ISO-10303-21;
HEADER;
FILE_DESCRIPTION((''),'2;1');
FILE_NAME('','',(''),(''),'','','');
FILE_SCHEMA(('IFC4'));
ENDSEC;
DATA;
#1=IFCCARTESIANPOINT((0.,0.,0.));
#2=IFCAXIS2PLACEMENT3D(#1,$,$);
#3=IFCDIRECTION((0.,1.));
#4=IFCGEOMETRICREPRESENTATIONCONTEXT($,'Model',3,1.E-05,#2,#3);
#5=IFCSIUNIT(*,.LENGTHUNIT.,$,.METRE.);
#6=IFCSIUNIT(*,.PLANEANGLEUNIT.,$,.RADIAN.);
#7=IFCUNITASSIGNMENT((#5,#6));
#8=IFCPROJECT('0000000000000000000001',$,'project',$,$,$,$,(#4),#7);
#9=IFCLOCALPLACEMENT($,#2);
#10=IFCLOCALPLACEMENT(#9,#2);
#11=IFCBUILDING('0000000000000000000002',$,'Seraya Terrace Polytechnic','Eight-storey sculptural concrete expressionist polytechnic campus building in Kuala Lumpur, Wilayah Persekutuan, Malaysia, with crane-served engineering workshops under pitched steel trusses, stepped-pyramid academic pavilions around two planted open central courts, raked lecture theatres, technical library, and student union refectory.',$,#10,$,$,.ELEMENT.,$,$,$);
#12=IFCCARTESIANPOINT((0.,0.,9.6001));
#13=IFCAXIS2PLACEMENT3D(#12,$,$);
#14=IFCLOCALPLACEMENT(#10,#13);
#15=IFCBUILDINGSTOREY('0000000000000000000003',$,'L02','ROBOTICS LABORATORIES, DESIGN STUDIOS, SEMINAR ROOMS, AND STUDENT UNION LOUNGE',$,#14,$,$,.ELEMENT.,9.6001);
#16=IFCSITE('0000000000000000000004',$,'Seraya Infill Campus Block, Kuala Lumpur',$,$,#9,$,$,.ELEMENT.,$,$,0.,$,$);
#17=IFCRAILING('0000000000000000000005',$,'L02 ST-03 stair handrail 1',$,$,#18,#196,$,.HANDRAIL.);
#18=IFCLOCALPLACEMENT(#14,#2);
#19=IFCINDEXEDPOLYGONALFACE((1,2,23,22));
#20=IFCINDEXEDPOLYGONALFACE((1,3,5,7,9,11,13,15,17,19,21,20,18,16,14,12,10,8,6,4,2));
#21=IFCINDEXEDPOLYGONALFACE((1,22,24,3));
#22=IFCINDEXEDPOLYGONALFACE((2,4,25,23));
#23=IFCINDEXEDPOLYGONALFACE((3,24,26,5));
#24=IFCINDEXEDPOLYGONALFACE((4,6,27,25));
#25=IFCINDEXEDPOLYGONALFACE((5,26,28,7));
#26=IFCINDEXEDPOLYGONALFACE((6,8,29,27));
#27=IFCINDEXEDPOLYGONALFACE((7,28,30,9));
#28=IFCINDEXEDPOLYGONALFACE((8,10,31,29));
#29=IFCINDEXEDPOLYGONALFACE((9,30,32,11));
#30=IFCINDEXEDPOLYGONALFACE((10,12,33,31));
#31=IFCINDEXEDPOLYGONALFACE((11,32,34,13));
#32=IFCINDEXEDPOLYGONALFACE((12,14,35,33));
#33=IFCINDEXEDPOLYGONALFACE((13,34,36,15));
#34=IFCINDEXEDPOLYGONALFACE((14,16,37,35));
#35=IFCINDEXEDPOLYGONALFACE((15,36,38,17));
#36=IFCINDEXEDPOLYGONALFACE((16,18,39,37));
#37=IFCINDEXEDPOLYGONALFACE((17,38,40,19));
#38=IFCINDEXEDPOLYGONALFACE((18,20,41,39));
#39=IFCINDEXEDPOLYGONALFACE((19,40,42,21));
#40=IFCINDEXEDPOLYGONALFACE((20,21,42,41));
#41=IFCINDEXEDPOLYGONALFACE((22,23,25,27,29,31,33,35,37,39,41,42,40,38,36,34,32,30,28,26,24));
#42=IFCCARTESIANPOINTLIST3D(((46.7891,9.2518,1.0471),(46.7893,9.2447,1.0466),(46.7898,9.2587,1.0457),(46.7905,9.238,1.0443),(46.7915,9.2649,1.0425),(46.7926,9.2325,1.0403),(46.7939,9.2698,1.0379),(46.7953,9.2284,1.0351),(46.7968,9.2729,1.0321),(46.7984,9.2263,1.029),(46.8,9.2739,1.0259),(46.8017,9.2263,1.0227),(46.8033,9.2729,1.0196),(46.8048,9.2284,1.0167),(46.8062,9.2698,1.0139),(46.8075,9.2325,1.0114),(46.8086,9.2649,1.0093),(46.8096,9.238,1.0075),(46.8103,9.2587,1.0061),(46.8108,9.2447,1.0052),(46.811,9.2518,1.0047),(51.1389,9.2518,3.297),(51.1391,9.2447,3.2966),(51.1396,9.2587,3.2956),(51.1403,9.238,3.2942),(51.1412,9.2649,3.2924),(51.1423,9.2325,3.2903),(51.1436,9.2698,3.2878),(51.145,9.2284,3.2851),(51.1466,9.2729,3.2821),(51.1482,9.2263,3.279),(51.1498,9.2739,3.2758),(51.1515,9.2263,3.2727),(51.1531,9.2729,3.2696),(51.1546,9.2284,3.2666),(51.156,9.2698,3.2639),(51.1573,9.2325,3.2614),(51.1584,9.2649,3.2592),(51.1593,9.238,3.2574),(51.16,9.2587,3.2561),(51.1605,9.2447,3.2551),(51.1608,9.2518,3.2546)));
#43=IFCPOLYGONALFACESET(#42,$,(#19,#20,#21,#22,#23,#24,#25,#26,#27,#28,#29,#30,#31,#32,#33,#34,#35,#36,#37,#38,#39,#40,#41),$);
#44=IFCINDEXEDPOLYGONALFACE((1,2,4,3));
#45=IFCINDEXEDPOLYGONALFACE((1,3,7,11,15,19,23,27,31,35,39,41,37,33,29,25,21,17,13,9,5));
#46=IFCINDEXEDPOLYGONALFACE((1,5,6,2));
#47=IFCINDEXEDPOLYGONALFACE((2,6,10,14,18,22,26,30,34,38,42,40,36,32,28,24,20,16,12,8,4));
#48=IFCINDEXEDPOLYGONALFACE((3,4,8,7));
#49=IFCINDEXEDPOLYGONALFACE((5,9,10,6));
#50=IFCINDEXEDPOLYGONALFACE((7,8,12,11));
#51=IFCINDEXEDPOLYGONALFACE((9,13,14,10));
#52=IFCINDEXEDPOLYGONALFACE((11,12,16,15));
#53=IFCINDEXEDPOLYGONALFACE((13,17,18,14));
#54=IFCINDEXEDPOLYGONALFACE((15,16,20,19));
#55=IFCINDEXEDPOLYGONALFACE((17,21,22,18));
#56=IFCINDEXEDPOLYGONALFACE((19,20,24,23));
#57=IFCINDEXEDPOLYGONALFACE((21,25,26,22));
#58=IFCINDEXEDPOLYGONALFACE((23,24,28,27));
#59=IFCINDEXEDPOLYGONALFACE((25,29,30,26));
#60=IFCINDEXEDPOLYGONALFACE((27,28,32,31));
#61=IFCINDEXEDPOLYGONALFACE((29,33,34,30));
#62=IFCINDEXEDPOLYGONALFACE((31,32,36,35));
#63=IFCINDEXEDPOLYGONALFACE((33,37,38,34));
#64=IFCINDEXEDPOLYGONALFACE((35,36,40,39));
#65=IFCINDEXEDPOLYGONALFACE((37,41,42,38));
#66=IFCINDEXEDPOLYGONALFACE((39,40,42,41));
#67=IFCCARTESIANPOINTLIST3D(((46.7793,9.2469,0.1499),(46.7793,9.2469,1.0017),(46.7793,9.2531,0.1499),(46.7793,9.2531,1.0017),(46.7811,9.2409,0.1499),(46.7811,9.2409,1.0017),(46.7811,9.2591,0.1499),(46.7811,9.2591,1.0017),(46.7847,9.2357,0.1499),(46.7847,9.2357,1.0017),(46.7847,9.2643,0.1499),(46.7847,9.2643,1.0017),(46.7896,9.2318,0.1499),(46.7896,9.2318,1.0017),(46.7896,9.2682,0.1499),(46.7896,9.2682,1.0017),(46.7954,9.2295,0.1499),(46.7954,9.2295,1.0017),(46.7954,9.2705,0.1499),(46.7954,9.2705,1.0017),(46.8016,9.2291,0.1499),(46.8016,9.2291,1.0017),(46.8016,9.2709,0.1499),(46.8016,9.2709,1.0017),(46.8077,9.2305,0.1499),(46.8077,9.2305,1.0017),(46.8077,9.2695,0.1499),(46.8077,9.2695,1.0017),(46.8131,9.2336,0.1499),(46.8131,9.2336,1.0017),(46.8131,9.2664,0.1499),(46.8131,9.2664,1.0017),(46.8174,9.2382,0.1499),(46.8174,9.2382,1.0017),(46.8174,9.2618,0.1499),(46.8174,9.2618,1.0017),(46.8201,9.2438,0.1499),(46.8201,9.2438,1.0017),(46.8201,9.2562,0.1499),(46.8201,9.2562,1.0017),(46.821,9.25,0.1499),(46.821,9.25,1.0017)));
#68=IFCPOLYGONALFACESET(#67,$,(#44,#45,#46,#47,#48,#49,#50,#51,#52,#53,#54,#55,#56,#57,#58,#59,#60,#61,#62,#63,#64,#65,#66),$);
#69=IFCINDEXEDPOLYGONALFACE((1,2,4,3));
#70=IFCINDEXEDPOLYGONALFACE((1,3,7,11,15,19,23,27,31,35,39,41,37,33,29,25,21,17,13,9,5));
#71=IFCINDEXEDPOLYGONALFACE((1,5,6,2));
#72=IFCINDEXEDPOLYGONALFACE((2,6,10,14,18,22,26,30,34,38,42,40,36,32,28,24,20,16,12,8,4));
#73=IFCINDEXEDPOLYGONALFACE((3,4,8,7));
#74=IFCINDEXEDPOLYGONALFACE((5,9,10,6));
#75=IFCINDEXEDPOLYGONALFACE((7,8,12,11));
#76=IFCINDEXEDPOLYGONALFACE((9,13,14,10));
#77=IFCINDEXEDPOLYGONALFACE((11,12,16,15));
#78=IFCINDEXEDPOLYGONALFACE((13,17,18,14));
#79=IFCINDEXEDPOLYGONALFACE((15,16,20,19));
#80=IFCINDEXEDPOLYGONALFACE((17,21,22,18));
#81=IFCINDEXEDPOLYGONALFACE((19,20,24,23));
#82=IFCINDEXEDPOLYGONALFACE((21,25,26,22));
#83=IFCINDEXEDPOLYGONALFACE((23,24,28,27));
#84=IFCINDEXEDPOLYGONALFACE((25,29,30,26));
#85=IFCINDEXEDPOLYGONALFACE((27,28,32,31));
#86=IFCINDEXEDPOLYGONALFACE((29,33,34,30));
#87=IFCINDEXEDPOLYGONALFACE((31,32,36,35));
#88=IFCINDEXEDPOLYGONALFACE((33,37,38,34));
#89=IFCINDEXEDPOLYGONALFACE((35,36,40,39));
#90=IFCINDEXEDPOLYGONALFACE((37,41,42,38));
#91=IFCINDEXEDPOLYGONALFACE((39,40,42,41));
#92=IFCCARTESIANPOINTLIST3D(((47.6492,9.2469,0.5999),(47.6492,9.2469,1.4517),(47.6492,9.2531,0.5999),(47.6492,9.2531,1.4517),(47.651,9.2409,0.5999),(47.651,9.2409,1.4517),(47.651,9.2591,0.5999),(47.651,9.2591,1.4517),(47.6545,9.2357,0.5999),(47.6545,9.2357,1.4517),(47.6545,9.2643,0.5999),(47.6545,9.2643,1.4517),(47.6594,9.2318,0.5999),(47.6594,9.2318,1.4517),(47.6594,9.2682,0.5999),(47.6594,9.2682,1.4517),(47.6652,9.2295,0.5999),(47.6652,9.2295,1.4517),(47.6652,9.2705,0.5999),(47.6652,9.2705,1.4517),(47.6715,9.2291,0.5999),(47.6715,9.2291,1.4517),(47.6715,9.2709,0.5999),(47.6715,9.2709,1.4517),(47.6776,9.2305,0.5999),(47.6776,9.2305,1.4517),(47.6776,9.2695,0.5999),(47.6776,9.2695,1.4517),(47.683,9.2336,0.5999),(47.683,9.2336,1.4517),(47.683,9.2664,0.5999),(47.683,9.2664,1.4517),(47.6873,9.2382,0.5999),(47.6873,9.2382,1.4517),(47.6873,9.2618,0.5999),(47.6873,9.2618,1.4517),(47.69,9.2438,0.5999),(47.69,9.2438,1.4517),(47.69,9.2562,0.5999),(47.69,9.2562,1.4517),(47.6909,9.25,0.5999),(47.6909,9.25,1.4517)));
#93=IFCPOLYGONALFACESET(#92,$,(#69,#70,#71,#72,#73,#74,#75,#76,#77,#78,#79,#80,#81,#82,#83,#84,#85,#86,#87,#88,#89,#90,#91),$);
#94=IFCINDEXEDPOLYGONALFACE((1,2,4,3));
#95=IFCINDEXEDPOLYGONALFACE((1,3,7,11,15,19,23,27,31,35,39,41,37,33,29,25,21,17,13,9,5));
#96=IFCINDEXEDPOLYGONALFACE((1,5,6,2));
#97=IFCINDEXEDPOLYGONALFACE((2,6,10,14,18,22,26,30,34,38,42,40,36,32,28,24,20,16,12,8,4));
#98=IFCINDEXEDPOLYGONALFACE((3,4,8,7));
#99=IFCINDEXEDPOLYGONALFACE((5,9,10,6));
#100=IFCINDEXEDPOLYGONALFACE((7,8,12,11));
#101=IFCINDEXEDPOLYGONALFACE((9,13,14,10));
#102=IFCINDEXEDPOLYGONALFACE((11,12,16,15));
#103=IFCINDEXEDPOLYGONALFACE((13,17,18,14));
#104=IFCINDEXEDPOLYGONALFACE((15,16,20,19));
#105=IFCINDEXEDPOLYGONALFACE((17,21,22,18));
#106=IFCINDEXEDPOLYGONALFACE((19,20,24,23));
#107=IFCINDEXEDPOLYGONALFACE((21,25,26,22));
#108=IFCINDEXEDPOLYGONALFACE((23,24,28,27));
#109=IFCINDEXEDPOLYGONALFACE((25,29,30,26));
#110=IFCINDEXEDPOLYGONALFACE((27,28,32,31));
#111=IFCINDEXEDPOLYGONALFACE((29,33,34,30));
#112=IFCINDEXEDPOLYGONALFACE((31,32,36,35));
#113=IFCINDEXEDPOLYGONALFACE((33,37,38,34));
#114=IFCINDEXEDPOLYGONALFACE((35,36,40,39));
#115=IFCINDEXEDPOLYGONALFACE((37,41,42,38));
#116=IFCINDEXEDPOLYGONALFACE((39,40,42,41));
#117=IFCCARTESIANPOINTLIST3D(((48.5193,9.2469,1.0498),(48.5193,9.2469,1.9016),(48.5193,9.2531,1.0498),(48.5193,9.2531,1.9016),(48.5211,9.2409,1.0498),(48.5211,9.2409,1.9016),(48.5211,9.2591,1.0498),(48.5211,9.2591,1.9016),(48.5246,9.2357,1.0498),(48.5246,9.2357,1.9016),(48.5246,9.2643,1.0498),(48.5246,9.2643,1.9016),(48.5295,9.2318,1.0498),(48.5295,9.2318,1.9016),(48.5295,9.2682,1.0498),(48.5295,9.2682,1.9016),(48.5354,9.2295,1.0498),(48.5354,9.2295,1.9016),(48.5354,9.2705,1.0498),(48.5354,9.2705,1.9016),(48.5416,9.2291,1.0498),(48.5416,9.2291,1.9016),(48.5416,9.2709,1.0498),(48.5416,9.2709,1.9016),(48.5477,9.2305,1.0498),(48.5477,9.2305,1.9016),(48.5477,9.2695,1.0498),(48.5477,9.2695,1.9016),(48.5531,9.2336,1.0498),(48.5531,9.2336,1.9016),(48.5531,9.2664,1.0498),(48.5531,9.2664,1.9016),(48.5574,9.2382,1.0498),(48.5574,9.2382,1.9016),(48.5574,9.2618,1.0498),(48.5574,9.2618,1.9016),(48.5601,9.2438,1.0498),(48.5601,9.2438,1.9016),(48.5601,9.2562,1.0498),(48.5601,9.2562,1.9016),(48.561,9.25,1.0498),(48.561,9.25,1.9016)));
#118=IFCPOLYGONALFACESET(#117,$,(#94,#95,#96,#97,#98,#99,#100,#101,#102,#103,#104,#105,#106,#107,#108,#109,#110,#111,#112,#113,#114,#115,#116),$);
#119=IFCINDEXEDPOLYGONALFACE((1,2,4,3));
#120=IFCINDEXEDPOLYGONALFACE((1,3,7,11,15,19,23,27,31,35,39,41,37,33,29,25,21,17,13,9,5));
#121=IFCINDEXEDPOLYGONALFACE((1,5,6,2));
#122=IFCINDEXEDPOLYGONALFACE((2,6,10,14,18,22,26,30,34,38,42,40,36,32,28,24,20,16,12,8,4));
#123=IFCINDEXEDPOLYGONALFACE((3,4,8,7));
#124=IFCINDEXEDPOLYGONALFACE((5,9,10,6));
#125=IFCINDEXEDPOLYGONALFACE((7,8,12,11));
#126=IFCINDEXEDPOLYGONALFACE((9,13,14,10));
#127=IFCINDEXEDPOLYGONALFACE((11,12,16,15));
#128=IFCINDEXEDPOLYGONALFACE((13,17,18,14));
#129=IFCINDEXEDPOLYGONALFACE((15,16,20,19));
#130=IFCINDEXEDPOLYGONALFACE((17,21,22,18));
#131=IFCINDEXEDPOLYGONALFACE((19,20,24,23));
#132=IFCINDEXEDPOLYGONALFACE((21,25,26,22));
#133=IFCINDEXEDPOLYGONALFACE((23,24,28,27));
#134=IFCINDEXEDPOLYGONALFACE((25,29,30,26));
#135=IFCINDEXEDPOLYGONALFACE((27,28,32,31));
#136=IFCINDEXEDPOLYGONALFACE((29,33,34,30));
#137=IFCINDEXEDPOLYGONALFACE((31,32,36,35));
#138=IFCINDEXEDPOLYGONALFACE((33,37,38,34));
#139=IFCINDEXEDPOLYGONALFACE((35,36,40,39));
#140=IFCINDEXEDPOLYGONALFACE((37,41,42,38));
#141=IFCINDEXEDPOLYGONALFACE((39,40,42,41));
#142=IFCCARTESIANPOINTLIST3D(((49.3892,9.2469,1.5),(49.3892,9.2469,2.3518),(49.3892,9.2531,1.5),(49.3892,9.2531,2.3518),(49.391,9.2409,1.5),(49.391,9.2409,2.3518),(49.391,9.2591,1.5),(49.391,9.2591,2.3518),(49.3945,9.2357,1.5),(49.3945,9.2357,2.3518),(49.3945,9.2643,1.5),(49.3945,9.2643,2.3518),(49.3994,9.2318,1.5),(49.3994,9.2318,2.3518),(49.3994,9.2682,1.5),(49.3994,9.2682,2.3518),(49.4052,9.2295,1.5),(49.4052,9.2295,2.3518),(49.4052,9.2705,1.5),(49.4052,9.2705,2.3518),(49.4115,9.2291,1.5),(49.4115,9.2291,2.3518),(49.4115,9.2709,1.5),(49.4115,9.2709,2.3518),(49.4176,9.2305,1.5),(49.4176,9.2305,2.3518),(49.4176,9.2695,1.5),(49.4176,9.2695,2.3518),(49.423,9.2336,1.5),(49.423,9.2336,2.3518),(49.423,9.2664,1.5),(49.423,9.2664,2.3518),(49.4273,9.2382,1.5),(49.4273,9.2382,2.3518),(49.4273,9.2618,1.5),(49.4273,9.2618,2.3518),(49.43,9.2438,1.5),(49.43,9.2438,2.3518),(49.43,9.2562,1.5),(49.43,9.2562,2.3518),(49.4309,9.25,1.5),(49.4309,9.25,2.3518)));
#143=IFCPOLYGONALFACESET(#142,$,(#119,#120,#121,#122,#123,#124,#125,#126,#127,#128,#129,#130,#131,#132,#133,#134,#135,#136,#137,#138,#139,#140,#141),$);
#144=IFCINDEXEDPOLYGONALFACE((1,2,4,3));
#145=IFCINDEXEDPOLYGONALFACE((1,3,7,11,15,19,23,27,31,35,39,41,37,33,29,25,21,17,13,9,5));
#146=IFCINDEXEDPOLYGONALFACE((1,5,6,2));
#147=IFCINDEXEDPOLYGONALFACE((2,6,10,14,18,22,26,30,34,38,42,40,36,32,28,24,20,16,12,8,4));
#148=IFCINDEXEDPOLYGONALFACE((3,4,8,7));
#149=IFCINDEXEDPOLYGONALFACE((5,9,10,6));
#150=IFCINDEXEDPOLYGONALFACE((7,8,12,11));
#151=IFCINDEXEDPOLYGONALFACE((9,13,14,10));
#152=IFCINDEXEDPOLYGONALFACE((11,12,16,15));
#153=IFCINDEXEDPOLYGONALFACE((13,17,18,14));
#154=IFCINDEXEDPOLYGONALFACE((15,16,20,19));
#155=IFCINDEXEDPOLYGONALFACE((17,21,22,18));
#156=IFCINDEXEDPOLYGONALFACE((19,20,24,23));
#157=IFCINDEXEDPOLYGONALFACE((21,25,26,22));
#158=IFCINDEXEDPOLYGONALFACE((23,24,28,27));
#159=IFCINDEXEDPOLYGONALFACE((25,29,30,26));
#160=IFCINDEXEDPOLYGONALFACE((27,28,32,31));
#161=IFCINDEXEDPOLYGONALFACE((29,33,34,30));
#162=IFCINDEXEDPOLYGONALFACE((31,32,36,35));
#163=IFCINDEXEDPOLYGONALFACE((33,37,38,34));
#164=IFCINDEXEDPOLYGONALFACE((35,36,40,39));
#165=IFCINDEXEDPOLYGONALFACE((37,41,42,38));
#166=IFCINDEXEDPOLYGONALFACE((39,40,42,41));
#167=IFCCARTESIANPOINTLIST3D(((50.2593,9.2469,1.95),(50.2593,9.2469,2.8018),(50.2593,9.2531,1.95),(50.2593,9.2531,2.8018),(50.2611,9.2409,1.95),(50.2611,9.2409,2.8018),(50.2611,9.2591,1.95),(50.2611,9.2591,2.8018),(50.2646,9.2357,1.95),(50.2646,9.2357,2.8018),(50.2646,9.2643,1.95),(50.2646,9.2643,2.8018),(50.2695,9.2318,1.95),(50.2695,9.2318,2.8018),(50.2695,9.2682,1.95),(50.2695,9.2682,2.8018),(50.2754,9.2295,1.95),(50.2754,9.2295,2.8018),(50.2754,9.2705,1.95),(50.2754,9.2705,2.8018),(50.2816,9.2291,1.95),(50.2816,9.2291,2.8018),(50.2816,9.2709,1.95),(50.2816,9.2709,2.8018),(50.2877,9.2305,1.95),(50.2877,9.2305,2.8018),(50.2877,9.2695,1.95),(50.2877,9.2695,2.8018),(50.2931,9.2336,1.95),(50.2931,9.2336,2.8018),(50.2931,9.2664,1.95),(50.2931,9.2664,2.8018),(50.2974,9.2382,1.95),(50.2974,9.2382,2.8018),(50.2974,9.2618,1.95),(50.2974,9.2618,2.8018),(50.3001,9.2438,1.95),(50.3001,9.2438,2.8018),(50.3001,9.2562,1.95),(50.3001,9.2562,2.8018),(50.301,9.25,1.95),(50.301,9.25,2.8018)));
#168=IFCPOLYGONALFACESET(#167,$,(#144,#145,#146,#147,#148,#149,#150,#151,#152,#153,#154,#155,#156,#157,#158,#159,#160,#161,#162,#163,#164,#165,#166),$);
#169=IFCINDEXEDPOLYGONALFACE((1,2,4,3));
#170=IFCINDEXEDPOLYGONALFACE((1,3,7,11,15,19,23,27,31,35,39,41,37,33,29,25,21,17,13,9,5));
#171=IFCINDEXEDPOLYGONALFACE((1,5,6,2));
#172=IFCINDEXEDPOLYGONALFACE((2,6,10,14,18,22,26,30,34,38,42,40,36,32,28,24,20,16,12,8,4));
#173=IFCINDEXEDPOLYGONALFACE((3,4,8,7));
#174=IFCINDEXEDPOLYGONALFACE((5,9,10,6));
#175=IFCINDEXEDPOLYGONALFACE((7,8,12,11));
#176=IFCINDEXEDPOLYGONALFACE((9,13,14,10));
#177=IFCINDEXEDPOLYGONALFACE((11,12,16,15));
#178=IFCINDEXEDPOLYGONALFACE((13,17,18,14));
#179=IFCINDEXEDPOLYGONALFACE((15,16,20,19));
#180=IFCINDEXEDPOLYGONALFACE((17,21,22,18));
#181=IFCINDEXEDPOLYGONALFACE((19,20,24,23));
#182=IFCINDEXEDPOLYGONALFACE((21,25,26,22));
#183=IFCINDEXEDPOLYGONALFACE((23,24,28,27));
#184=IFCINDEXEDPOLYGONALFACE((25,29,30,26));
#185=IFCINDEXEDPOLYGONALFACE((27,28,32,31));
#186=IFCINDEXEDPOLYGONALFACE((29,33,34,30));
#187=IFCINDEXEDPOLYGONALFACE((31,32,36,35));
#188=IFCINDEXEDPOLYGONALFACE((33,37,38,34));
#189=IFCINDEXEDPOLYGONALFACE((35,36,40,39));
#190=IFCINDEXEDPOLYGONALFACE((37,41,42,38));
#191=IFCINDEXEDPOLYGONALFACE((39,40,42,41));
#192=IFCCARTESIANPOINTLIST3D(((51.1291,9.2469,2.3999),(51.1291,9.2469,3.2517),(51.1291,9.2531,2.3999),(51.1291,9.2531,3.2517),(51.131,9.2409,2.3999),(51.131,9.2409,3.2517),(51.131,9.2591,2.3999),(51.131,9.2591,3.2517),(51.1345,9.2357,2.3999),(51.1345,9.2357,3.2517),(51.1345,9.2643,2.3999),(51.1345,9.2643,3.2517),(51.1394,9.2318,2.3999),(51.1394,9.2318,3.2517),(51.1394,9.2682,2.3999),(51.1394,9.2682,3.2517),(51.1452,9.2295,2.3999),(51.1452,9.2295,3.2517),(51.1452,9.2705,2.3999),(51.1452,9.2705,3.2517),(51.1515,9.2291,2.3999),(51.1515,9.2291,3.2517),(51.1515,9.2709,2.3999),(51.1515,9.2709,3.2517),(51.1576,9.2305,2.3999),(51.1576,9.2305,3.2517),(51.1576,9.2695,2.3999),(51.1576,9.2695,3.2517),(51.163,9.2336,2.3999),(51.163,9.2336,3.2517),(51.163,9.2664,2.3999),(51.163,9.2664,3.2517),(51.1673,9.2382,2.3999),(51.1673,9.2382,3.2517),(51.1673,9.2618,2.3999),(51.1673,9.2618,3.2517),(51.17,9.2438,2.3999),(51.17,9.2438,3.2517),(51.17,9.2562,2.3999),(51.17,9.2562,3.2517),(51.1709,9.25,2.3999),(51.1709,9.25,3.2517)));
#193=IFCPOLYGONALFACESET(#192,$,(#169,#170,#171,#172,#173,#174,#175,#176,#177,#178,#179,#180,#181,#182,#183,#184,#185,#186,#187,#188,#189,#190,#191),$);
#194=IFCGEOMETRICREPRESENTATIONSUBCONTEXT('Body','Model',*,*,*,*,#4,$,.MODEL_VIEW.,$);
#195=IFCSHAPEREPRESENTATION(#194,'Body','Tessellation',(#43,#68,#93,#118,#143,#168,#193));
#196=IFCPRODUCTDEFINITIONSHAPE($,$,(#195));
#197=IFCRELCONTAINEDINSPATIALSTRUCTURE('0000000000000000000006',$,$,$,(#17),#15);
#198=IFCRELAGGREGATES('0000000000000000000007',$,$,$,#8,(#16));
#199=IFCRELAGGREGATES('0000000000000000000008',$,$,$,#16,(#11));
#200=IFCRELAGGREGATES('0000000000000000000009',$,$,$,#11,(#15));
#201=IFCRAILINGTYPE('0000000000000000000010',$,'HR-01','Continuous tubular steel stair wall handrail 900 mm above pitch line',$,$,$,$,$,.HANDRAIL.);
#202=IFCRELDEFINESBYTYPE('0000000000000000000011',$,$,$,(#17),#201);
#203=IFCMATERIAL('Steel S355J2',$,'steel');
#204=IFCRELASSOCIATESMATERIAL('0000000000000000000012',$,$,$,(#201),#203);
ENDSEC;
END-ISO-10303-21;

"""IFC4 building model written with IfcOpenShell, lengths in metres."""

from ifc_helpers import new_model, si_unit, direction, frame, origin, origin_2d, place, context, subcontext, project, spatial, circle, extrude, material, type_object, element, save


model = new_model("IFC4")

# Units and contexts
model_context = context("Model", 3, precision=1e-05, world=origin(), true_north=direction((0.0, 1.0)))
body_context = subcontext(model_context, "Body", "Model", "MODEL_VIEW")
ifc_project = project(units=[si_unit("LENGTHUNIT", "METRE"), si_unit("PLANEANGLEUNIT", "RADIAN")], contexts=[model_context])

# Site, building, storey
site_placement = place(None, origin())
site = spatial("IfcSite", under=ifc_project, at=site_placement, Name="Seraya Infill Campus Block, Kuala Lumpur", CompositionType="ELEMENT", RefElevation=0.0)
building_placement = place(site_placement, origin())
building = spatial("IfcBuilding", under=site, at=building_placement, Name="Seraya Terrace Polytechnic", Description="Eight-storey sculptural concrete expressionist polytechnic campus building in Kuala Lumpur, Wilayah Persekutuan, Malaysia, with crane-served engineering workshops under pitched steel trusses, stepped-pyramid academic pavilions around two planted open central courts, raked lecture theatres, technical library, and student union refectory.", CompositionType="ELEMENT")
storey_placement = place(building_placement, frame((0.0, 0.0, 9.6001)))
storey = spatial("IfcBuildingStorey", under=building, at=storey_placement, Name="L02", Description="ROBOTICS LABORATORIES, DESIGN STUDIOS, SEMINAR ROOMS, AND STUDENT UNION LOUNGE", CompositionType="ELEMENT", Elevation=9.6001)

# Shared definitions
ifc_material_1 = material(Name="Steel S355J2", Category="steel")

# Railing
railing_type_1 = type_object("IfcRailingType", Name="HR-01", Description="Continuous tubular steel stair wall handrail 900 mm above pitch line", PredefinedType="HANDRAIL", material=ifc_material_1)
railing_1_placement = place(storey_placement, frame((46.8, 9.25, 0.1499)))
element("IfcRailing", 1, at=railing_1_placement, inside=storey, type_object=railing_type_1, Name="L02 ST-03 stair handrail 1", PredefinedType="HANDRAIL", context=body_context, shape_type="SweptSolid", body=[
    extrude(circle(Radius=0.0239, at=origin_2d()), frame((0.0, 0.0, 0.876), z_axis=(0.888211, 0.0, 0.459435), x_axis=(0.0, 1.0, 0.0)), (0.0, 0.0, 1.0), 4.8972),
    extrude(circle(Radius=0.021, at=origin_2d()), origin(), (0.0, 0.0, 1.0), 0.8518),
    extrude(circle(Radius=0.021, at=origin_2d()), frame((0.8699, 0.0, 0.45)), (0.0, 0.0, 1.0), 0.8518),
    extrude(circle(Radius=0.021, at=origin_2d()), frame((1.74, 0.0, 0.8999)), (0.0, 0.0, 1.0), 0.8518),
    extrude(circle(Radius=0.021, at=origin_2d()), frame((2.6099, 0.0, 1.3501)), (0.0, 0.0, 1.0), 0.8518),
    extrude(circle(Radius=0.021, at=origin_2d()), frame((3.48, 0.0, 1.8)), (0.0, 0.0, 1.0), 0.8518),
    extrude(circle(Radius=0.021, at=origin_2d()), frame((4.3499, 0.0, 2.25)), (0.0, 0.0, 1.0), 0.8518),
])

save(model, "model.ifc")
